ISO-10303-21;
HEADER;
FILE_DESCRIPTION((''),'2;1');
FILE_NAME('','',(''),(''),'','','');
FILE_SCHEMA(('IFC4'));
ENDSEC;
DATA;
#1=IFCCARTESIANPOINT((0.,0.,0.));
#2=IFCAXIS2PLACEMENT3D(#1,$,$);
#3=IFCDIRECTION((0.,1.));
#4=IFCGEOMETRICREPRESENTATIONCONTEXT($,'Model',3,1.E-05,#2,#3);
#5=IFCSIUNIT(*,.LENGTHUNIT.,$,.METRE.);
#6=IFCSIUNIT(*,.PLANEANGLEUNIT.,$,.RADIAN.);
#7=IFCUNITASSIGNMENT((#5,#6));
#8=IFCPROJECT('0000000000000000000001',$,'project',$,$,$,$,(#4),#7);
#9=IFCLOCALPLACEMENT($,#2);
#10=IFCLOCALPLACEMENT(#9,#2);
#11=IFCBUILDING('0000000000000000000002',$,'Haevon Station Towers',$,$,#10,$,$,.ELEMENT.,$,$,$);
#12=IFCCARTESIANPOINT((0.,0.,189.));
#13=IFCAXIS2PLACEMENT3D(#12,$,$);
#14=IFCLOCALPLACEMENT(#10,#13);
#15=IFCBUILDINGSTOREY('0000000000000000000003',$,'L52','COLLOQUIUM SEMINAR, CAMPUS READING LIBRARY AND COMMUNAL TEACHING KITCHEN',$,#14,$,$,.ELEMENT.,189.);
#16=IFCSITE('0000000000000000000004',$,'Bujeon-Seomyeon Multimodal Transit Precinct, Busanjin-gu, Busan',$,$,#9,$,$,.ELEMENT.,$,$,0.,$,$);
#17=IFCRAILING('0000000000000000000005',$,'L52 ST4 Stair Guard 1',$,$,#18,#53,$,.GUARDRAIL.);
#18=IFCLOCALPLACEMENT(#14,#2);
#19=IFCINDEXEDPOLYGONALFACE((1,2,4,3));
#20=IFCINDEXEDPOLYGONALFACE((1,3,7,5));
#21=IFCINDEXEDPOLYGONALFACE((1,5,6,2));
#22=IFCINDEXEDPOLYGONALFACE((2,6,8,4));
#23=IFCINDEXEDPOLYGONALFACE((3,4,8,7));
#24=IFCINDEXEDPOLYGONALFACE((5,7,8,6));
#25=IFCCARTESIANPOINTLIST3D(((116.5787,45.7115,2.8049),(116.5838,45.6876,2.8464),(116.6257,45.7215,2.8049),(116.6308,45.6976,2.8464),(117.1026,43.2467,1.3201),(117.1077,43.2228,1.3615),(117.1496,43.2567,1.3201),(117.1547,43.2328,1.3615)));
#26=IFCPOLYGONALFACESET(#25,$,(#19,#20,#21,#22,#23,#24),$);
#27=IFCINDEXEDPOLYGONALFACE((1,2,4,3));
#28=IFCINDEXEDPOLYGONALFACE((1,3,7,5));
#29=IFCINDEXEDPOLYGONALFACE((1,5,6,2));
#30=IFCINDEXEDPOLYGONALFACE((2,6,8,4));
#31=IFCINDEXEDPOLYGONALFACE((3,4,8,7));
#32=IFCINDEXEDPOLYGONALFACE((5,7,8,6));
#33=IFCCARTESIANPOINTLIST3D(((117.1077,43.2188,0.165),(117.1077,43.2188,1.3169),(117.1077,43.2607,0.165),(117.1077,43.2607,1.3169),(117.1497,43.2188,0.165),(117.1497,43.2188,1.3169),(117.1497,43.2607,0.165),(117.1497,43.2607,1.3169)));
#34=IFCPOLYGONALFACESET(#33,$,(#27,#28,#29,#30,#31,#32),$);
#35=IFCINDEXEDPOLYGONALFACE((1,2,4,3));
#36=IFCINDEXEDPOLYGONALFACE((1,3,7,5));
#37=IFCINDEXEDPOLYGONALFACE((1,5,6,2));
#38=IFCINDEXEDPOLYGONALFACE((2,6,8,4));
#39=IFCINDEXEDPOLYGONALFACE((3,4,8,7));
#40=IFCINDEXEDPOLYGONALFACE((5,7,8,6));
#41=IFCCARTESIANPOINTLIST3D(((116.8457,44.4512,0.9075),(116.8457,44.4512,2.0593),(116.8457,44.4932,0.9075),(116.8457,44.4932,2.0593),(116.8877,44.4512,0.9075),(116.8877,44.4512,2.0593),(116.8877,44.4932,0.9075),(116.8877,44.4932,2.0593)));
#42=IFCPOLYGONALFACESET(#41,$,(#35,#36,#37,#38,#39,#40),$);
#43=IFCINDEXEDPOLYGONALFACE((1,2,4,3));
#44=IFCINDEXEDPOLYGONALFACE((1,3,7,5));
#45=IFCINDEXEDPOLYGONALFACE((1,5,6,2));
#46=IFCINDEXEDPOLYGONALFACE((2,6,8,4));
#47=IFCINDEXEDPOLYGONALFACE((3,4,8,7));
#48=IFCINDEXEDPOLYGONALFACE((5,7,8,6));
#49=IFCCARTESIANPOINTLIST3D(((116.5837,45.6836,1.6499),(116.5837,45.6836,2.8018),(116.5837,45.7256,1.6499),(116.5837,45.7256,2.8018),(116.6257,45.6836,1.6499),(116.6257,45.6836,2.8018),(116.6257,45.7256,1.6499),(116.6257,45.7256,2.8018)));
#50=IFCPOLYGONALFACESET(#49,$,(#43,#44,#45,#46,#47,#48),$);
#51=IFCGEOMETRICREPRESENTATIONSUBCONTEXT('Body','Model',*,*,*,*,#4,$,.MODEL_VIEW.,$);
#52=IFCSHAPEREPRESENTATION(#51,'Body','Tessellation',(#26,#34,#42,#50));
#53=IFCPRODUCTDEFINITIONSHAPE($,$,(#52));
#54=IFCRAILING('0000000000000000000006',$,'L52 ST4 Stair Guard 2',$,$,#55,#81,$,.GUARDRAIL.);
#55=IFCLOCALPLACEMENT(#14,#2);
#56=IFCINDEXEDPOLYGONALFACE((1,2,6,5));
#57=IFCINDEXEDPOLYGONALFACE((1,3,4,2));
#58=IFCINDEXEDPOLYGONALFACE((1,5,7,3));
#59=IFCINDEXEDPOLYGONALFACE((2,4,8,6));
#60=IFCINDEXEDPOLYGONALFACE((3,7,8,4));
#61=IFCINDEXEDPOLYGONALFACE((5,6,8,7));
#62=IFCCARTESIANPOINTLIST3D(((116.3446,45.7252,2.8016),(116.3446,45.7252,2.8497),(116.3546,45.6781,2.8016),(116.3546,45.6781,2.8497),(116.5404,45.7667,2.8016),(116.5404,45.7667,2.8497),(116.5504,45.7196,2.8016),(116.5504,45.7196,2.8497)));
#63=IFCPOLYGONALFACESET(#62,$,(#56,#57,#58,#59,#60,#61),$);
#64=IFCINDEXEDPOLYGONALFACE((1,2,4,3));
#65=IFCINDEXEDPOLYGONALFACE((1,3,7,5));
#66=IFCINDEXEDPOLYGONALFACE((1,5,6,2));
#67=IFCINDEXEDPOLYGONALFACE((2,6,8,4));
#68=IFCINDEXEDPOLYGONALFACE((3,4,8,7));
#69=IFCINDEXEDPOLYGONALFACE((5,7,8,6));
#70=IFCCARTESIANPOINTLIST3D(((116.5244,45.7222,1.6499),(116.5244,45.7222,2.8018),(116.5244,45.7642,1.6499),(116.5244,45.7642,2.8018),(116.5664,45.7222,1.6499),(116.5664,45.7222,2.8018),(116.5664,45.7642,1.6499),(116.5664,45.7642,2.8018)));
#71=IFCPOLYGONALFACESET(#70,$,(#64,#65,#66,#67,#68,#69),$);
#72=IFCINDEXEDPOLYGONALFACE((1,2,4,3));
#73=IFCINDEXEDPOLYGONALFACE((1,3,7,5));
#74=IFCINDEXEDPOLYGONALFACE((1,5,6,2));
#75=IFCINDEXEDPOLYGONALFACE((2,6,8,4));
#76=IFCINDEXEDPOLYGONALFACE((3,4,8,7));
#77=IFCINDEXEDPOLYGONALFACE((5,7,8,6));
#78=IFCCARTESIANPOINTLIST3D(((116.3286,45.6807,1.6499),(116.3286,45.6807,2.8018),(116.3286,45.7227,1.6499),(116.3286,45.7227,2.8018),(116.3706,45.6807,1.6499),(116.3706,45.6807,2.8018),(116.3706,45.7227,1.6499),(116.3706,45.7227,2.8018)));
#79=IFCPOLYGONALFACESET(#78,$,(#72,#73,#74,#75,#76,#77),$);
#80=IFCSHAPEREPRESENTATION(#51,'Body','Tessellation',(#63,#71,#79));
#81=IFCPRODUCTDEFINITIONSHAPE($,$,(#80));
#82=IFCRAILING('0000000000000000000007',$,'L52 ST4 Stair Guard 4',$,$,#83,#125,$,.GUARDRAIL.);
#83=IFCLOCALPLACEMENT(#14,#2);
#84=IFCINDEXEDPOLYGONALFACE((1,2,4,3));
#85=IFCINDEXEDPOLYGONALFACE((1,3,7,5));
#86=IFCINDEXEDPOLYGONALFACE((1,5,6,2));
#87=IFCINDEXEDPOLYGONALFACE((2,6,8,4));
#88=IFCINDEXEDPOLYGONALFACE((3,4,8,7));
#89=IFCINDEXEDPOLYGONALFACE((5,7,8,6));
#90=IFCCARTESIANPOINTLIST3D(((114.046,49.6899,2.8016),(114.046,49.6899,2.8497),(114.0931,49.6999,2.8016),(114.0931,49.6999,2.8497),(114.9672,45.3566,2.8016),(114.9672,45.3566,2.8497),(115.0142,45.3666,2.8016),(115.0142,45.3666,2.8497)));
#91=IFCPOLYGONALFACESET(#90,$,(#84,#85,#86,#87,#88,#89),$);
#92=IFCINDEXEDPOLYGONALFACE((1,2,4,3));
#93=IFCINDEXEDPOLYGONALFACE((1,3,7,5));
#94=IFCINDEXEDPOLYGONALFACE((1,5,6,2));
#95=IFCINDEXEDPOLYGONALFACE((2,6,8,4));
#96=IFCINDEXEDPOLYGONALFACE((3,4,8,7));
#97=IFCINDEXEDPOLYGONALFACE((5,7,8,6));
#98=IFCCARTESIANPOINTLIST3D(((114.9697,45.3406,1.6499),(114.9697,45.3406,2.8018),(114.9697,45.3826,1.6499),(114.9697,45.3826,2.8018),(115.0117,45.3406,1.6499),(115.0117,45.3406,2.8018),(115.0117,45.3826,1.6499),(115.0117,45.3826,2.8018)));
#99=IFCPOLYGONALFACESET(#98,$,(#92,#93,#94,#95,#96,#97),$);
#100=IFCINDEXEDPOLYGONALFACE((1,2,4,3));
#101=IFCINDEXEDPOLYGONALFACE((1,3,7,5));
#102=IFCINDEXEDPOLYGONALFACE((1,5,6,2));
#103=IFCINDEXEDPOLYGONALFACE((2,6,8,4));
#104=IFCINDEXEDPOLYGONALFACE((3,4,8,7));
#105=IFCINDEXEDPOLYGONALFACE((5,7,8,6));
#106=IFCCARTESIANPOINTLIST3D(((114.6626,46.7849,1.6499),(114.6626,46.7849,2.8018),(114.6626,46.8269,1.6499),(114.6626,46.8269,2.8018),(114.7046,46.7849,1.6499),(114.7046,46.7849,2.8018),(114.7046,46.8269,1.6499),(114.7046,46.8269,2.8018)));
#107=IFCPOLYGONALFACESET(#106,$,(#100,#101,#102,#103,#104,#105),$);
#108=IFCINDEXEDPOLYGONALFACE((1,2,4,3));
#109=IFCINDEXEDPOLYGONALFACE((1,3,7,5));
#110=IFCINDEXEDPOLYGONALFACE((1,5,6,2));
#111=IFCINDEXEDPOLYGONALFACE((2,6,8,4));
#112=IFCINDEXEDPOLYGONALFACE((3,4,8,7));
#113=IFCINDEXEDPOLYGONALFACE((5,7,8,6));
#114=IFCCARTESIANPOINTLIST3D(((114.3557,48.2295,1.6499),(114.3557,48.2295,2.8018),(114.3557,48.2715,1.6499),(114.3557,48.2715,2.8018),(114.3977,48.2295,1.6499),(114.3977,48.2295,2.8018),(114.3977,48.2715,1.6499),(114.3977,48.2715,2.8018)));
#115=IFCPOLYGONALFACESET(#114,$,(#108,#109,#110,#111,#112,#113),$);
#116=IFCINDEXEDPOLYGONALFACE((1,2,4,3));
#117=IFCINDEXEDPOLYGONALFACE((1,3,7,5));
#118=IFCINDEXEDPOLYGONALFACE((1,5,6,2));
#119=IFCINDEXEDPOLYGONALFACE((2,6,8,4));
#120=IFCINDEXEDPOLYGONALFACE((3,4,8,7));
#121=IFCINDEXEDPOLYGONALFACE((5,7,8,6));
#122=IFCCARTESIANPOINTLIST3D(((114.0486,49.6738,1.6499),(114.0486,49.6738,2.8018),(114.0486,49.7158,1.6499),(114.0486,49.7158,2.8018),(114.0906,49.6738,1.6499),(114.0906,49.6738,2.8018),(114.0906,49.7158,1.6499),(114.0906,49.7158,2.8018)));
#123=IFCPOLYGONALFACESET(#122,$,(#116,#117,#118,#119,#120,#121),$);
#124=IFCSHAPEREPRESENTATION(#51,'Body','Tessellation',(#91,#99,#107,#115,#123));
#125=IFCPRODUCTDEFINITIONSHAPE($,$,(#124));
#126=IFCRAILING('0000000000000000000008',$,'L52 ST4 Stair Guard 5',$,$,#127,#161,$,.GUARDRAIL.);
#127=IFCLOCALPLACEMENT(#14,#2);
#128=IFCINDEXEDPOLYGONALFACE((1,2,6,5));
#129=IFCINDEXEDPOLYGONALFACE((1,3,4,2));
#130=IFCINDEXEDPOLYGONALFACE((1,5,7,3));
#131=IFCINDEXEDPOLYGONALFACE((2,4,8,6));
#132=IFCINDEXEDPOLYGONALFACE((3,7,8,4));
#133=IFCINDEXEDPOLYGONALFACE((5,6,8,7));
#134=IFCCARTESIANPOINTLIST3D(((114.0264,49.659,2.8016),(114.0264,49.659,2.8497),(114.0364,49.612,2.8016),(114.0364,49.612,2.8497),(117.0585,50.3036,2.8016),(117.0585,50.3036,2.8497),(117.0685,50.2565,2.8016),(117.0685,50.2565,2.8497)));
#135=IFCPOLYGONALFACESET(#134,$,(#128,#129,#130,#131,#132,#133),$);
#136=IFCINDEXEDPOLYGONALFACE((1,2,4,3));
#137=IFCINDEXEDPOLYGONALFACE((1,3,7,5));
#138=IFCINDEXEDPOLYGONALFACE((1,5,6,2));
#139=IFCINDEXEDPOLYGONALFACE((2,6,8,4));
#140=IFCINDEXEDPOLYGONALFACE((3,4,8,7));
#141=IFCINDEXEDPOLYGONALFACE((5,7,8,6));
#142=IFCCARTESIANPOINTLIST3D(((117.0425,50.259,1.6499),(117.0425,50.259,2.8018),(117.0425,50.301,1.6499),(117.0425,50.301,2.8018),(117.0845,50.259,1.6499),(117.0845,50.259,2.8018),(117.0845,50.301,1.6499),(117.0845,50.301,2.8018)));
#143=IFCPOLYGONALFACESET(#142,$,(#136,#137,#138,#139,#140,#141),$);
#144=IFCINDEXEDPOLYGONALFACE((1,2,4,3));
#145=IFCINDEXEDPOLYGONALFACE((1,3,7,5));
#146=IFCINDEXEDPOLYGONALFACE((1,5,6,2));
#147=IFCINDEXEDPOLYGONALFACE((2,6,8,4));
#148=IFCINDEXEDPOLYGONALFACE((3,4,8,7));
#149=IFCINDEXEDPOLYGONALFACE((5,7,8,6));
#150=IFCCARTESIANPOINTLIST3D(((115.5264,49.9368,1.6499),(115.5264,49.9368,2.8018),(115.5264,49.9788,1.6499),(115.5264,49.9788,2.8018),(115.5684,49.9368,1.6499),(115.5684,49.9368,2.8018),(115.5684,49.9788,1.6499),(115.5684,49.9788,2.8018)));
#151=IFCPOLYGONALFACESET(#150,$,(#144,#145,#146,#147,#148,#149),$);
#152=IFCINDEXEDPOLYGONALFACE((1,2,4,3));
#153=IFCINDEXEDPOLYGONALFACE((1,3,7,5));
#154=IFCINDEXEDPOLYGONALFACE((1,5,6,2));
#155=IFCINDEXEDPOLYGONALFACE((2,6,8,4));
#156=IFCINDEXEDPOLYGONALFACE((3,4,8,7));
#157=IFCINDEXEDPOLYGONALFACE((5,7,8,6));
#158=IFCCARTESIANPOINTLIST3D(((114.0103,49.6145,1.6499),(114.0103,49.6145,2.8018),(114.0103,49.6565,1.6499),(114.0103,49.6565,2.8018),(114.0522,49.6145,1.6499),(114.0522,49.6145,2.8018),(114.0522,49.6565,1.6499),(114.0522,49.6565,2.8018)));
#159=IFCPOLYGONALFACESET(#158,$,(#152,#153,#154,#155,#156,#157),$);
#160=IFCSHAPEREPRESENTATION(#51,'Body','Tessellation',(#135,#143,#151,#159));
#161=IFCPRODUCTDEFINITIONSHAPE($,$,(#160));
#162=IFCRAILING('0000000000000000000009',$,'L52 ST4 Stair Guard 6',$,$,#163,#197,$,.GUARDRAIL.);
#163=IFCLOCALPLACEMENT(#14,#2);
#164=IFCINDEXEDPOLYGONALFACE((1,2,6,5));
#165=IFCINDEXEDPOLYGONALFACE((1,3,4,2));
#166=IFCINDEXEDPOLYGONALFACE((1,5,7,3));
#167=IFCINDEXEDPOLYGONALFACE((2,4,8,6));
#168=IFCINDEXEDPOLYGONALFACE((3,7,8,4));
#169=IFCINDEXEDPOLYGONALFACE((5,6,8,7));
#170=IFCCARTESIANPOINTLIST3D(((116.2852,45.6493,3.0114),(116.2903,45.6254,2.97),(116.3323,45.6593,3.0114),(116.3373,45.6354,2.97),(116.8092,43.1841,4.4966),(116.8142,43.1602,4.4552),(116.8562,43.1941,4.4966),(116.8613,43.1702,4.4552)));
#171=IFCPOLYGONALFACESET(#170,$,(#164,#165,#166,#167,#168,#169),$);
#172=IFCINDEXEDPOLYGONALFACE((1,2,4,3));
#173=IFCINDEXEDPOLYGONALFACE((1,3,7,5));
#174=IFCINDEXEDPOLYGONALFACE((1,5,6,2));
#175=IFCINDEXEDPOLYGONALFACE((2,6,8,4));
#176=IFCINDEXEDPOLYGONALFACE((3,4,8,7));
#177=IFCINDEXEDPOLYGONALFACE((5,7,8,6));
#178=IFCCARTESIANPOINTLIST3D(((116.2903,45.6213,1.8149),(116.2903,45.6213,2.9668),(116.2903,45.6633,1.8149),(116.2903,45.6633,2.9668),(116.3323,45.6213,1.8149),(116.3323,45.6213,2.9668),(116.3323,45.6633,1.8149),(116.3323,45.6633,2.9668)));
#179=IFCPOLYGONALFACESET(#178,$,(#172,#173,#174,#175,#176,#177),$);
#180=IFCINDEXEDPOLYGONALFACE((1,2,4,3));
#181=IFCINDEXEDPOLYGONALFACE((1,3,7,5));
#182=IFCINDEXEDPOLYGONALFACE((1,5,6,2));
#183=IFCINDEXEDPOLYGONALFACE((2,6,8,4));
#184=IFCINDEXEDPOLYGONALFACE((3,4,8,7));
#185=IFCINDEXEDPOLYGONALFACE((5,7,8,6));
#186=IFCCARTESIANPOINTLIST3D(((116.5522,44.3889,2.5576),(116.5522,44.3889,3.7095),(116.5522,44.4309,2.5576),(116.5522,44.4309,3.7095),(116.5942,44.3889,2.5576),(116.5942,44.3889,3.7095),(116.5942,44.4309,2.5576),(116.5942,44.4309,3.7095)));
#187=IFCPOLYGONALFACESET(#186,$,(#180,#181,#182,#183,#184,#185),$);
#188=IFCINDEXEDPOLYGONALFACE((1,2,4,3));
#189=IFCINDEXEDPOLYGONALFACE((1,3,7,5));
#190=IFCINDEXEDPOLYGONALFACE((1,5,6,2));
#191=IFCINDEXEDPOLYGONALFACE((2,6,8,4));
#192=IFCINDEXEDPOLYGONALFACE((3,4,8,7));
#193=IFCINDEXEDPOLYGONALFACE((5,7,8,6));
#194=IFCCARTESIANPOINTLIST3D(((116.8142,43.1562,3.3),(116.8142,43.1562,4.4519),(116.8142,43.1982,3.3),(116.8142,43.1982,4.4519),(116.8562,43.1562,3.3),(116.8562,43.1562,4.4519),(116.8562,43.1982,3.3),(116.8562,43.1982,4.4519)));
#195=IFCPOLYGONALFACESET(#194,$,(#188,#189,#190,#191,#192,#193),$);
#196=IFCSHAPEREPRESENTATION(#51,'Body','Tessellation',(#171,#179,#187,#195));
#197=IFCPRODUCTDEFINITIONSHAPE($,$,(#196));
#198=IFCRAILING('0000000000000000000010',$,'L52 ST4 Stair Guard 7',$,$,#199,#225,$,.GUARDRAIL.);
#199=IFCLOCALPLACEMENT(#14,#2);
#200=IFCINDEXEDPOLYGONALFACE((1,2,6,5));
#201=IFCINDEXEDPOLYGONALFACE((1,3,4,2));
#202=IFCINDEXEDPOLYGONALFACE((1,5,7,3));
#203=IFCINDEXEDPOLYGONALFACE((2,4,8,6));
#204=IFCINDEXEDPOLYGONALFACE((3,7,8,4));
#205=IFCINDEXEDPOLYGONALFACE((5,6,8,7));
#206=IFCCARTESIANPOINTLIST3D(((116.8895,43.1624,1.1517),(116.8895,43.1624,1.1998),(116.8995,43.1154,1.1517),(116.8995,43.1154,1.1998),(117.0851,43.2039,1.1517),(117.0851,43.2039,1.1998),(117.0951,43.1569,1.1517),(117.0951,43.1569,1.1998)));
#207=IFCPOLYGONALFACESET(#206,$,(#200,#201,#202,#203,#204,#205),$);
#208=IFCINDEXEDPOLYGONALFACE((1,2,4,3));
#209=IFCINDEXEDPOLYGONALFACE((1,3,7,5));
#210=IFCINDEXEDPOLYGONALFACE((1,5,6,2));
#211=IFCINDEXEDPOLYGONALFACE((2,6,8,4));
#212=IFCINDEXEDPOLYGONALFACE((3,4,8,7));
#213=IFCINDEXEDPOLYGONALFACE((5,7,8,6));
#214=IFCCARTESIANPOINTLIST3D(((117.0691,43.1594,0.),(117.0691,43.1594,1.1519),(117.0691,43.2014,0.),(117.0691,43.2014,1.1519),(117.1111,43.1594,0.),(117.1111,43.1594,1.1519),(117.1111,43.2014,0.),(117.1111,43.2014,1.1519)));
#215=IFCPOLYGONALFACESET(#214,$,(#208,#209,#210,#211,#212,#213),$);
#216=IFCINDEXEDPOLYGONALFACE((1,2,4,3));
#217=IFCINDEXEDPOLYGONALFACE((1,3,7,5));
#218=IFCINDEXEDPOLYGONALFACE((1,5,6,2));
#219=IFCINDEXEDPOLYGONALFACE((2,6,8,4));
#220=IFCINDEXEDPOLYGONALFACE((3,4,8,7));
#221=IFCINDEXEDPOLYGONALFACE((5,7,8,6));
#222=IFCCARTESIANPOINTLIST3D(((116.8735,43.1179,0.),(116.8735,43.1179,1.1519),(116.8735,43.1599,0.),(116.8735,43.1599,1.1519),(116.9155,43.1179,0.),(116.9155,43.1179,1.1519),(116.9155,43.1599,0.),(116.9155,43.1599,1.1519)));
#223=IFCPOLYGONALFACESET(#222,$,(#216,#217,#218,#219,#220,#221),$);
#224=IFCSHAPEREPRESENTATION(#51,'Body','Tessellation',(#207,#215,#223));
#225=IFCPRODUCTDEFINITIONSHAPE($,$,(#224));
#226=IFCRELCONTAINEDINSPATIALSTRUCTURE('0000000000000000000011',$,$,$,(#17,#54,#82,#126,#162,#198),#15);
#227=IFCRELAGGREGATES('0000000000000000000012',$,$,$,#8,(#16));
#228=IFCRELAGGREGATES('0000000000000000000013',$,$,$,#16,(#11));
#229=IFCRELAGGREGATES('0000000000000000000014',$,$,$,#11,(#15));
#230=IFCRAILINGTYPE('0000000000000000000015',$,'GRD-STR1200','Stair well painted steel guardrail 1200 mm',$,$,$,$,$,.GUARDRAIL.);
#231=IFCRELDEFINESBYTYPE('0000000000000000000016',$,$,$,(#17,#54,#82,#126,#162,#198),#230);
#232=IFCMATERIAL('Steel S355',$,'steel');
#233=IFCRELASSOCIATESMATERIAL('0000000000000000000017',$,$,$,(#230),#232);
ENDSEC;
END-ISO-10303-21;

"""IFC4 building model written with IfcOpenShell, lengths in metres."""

from ifc_helpers import new_model, si_unit, direction, frame, origin, origin_2d, place, context, subcontext, project, spatial, rectangle, extrude, material, type_object, element, save


model = new_model("IFC4")

# Units and contexts
model_context = context("Model", 3, precision=1e-05, world=origin(), true_north=direction((0.0, 1.0)))
body_context = subcontext(model_context, "Body", "Model", "MODEL_VIEW")
ifc_project = project(units=[si_unit("LENGTHUNIT", "METRE"), si_unit("PLANEANGLEUNIT", "RADIAN")], contexts=[model_context])

# Site, building, storey
site_placement = place(None, origin())
site = spatial("IfcSite", under=ifc_project, at=site_placement, Name="Bujeon-Seomyeon Multimodal Transit Precinct, Busanjin-gu, Busan", CompositionType="ELEMENT", RefElevation=0.0)
building_placement = place(site_placement, origin())
building = spatial("IfcBuilding", under=site, at=building_placement, Name="Haevon Station Towers", CompositionType="ELEMENT")
storey_placement = place(building_placement, frame((0.0, 0.0, 189.0)))
storey = spatial("IfcBuildingStorey", under=building, at=storey_placement, Name="L52", Description="COLLOQUIUM SEMINAR, CAMPUS READING LIBRARY AND COMMUNAL TEACHING KITCHEN", CompositionType="ELEMENT", Elevation=189.0)

# Shared definitions
ifc_material_1 = material(Name="Steel S355", Category="steel")

# Railings
railing_type_1 = type_object("IfcRailingType", Name="GRD-STR1200", Description="Stair well painted steel guardrail 1200 mm", PredefinedType="GUARDRAIL", material=ifc_material_1)
railing_1_placement = place(storey_placement, frame((117.1287, 43.2397, 0.165)))
element("IfcRailing", 1, at=railing_1_placement, inside=storey, type_object=railing_type_1, Name="L52 ST4 Stair Guard 1", PredefinedType="GUARDRAIL", context=body_context, shape_type="SweptSolid", body=[
    extrude(rectangle(XDim=0.0481, YDim=0.0481, at=origin_2d()), frame((0.0, 0.0, 1.1758), z_axis=(-0.179129, 0.842724, 0.507671), x_axis=(-0.978147, -0.207914, 0.0)), (0.0, 0.0, 1.0), 2.9248),
    extrude(rectangle(XDim=0.042, YDim=0.042, at=origin_2d()), origin(), (0.0, 0.0, 1.0), 1.1519),
    extrude(rectangle(XDim=0.042, YDim=0.042, at=origin_2d()), frame((-0.262, 1.2324, 0.7424)), (0.0, 0.0, 1.0), 1.1519),
    extrude(rectangle(XDim=0.042, YDim=0.042, at=origin_2d()), frame((-0.5239, 2.4648, 1.4849)), (0.0, 0.0, 1.0), 1.1519),
])
railing_2_placement = place(storey_placement, frame((116.5454, 45.7432, 1.6499)))
element("IfcRailing", 2, at=railing_2_placement, inside=storey, type_object=railing_type_1, Name="L52 ST4 Stair Guard 2", PredefinedType="GUARDRAIL", context=body_context, shape_type="SweptSolid", body=[
    extrude(rectangle(XDim=0.0481, YDim=0.0481, at=origin_2d()), frame((0.0, 0.0, 1.1758), z_axis=(-0.978264, -0.207363, 0.0), x_axis=(0.207363, -0.978264, 0.0)), (0.0, 0.0, 1.0), 0.2002),
    extrude(rectangle(XDim=0.042, YDim=0.042, at=origin_2d()), origin(), (0.0, 0.0, 1.0), 1.1519),
    extrude(rectangle(XDim=0.042, YDim=0.042, at=origin_2d()), frame((-0.1958, -0.0415, 0.0)), (0.0, 0.0, 1.0), 1.1519),
])
railing_3_placement = place(storey_placement, frame((114.9907, 45.3616, 1.6499)))
element("IfcRailing", 3, at=railing_3_placement, inside=storey, type_object=railing_type_1, Name="L52 ST4 Stair Guard 4", PredefinedType="GUARDRAIL", context=body_context, shape_type="SweptSolid", body=[
    extrude(rectangle(XDim=0.0481, YDim=0.0481, at=origin_2d()), frame((0.0, 0.0, 1.1758), z_axis=(-0.207929, 0.978144, 0.0), x_axis=(-0.978144, -0.207929, 0.0)), (0.0, 0.0, 1.0), 4.4302),
    extrude(rectangle(XDim=0.042, YDim=0.042, at=origin_2d()), origin(), (0.0, 0.0, 1.0), 1.1519),
    extrude(rectangle(XDim=0.042, YDim=0.042, at=origin_2d()), frame((-0.3071, 1.4443, 0.0)), (0.0, 0.0, 1.0), 1.1519),
    extrude(rectangle(XDim=0.042, YDim=0.042, at=origin_2d()), frame((-0.614, 2.8889, 0.0)), (0.0, 0.0, 1.0), 1.1519),
    extrude(rectangle(XDim=0.042, YDim=0.042, at=origin_2d()), frame((-0.9211, 4.3333, 0.0)), (0.0, 0.0, 1.0), 1.1519),
])
railing_4_placement = place(storey_placement, frame((117.0635, 50.28, 1.6499)))
element("IfcRailing", 4, at=railing_4_placement, inside=storey, type_object=railing_type_1, Name="L52 ST4 Stair Guard 5", PredefinedType="GUARDRAIL", context=body_context, shape_type="SweptSolid", body=[
    extrude(rectangle(XDim=0.0481, YDim=0.0481, at=origin_2d()), frame((0.0, 0.0, 1.1758), z_axis=(-0.978147, -0.207915, 0.0), x_axis=(0.207915, -0.978147, 0.0)), (0.0, 0.0, 1.0), 3.0999),
    extrude(rectangle(XDim=0.042, YDim=0.042, at=origin_2d()), origin(), (0.0, 0.0, 1.0), 1.1519),
    extrude(rectangle(XDim=0.042, YDim=0.042, at=origin_2d()), frame((-1.5161, -0.3223, 0.0)), (0.0, 0.0, 1.0), 1.1519),
    extrude(rectangle(XDim=0.042, YDim=0.042, at=origin_2d()), frame((-3.0322, -0.6445, 0.0)), (0.0, 0.0, 1.0), 1.1519),
])
railing_5_placement = place(storey_placement, frame((116.3113, 45.6423, 1.8149)))
element("IfcRailing", 5, at=railing_5_placement, inside=storey, type_object=railing_type_1, Name="L52 ST4 Stair Guard 6", PredefinedType="GUARDRAIL", context=body_context, shape_type="SweptSolid", body=[
    extrude(rectangle(XDim=0.0481, YDim=0.0481, at=origin_2d()), frame((0.0, 0.0, 1.1758), z_axis=(0.179109, -0.842712, 0.507697), x_axis=(0.978151, 0.207895, 0.0)), (0.0, 0.0, 1.0), 2.9253),
    extrude(rectangle(XDim=0.042, YDim=0.042, at=origin_2d()), origin(), (0.0, 0.0, 1.0), 1.1519),
    extrude(rectangle(XDim=0.042, YDim=0.042, at=origin_2d()), frame((0.262, -1.2324, 0.7427)), (0.0, 0.0, 1.0), 1.1519),
    extrude(rectangle(XDim=0.042, YDim=0.042, at=origin_2d()), frame((0.5239, -2.4651, 1.4851)), (0.0, 0.0, 1.0), 1.1519),
])
railing_6_placement = place(storey_placement, frame((117.0901, 43.1804, 0.0)))
element("IfcRailing", 6, at=railing_6_placement, inside=storey, type_object=railing_type_1, Name="L52 ST4 Stair Guard 7", PredefinedType="GUARDRAIL", context=body_context, shape_type="SweptSolid", body=[
    extrude(rectangle(XDim=0.0481, YDim=0.0481, at=origin_2d()), frame((0.0, 0.0, 1.1758), z_axis=(-0.978212, -0.20761, 0.0), x_axis=(0.20761, -0.978212, 0.0)), (0.0, 0.0, 1.0), 0.2),
    extrude(rectangle(XDim=0.042, YDim=0.042, at=origin_2d()), origin(), (0.0, 0.0, 1.0), 1.1519),
    extrude(rectangle(XDim=0.042, YDim=0.042, at=origin_2d()), frame((-0.1956, -0.0415, 0.0)), (0.0, 0.0, 1.0), 1.1519),
])

save(model, "model.ifc")
